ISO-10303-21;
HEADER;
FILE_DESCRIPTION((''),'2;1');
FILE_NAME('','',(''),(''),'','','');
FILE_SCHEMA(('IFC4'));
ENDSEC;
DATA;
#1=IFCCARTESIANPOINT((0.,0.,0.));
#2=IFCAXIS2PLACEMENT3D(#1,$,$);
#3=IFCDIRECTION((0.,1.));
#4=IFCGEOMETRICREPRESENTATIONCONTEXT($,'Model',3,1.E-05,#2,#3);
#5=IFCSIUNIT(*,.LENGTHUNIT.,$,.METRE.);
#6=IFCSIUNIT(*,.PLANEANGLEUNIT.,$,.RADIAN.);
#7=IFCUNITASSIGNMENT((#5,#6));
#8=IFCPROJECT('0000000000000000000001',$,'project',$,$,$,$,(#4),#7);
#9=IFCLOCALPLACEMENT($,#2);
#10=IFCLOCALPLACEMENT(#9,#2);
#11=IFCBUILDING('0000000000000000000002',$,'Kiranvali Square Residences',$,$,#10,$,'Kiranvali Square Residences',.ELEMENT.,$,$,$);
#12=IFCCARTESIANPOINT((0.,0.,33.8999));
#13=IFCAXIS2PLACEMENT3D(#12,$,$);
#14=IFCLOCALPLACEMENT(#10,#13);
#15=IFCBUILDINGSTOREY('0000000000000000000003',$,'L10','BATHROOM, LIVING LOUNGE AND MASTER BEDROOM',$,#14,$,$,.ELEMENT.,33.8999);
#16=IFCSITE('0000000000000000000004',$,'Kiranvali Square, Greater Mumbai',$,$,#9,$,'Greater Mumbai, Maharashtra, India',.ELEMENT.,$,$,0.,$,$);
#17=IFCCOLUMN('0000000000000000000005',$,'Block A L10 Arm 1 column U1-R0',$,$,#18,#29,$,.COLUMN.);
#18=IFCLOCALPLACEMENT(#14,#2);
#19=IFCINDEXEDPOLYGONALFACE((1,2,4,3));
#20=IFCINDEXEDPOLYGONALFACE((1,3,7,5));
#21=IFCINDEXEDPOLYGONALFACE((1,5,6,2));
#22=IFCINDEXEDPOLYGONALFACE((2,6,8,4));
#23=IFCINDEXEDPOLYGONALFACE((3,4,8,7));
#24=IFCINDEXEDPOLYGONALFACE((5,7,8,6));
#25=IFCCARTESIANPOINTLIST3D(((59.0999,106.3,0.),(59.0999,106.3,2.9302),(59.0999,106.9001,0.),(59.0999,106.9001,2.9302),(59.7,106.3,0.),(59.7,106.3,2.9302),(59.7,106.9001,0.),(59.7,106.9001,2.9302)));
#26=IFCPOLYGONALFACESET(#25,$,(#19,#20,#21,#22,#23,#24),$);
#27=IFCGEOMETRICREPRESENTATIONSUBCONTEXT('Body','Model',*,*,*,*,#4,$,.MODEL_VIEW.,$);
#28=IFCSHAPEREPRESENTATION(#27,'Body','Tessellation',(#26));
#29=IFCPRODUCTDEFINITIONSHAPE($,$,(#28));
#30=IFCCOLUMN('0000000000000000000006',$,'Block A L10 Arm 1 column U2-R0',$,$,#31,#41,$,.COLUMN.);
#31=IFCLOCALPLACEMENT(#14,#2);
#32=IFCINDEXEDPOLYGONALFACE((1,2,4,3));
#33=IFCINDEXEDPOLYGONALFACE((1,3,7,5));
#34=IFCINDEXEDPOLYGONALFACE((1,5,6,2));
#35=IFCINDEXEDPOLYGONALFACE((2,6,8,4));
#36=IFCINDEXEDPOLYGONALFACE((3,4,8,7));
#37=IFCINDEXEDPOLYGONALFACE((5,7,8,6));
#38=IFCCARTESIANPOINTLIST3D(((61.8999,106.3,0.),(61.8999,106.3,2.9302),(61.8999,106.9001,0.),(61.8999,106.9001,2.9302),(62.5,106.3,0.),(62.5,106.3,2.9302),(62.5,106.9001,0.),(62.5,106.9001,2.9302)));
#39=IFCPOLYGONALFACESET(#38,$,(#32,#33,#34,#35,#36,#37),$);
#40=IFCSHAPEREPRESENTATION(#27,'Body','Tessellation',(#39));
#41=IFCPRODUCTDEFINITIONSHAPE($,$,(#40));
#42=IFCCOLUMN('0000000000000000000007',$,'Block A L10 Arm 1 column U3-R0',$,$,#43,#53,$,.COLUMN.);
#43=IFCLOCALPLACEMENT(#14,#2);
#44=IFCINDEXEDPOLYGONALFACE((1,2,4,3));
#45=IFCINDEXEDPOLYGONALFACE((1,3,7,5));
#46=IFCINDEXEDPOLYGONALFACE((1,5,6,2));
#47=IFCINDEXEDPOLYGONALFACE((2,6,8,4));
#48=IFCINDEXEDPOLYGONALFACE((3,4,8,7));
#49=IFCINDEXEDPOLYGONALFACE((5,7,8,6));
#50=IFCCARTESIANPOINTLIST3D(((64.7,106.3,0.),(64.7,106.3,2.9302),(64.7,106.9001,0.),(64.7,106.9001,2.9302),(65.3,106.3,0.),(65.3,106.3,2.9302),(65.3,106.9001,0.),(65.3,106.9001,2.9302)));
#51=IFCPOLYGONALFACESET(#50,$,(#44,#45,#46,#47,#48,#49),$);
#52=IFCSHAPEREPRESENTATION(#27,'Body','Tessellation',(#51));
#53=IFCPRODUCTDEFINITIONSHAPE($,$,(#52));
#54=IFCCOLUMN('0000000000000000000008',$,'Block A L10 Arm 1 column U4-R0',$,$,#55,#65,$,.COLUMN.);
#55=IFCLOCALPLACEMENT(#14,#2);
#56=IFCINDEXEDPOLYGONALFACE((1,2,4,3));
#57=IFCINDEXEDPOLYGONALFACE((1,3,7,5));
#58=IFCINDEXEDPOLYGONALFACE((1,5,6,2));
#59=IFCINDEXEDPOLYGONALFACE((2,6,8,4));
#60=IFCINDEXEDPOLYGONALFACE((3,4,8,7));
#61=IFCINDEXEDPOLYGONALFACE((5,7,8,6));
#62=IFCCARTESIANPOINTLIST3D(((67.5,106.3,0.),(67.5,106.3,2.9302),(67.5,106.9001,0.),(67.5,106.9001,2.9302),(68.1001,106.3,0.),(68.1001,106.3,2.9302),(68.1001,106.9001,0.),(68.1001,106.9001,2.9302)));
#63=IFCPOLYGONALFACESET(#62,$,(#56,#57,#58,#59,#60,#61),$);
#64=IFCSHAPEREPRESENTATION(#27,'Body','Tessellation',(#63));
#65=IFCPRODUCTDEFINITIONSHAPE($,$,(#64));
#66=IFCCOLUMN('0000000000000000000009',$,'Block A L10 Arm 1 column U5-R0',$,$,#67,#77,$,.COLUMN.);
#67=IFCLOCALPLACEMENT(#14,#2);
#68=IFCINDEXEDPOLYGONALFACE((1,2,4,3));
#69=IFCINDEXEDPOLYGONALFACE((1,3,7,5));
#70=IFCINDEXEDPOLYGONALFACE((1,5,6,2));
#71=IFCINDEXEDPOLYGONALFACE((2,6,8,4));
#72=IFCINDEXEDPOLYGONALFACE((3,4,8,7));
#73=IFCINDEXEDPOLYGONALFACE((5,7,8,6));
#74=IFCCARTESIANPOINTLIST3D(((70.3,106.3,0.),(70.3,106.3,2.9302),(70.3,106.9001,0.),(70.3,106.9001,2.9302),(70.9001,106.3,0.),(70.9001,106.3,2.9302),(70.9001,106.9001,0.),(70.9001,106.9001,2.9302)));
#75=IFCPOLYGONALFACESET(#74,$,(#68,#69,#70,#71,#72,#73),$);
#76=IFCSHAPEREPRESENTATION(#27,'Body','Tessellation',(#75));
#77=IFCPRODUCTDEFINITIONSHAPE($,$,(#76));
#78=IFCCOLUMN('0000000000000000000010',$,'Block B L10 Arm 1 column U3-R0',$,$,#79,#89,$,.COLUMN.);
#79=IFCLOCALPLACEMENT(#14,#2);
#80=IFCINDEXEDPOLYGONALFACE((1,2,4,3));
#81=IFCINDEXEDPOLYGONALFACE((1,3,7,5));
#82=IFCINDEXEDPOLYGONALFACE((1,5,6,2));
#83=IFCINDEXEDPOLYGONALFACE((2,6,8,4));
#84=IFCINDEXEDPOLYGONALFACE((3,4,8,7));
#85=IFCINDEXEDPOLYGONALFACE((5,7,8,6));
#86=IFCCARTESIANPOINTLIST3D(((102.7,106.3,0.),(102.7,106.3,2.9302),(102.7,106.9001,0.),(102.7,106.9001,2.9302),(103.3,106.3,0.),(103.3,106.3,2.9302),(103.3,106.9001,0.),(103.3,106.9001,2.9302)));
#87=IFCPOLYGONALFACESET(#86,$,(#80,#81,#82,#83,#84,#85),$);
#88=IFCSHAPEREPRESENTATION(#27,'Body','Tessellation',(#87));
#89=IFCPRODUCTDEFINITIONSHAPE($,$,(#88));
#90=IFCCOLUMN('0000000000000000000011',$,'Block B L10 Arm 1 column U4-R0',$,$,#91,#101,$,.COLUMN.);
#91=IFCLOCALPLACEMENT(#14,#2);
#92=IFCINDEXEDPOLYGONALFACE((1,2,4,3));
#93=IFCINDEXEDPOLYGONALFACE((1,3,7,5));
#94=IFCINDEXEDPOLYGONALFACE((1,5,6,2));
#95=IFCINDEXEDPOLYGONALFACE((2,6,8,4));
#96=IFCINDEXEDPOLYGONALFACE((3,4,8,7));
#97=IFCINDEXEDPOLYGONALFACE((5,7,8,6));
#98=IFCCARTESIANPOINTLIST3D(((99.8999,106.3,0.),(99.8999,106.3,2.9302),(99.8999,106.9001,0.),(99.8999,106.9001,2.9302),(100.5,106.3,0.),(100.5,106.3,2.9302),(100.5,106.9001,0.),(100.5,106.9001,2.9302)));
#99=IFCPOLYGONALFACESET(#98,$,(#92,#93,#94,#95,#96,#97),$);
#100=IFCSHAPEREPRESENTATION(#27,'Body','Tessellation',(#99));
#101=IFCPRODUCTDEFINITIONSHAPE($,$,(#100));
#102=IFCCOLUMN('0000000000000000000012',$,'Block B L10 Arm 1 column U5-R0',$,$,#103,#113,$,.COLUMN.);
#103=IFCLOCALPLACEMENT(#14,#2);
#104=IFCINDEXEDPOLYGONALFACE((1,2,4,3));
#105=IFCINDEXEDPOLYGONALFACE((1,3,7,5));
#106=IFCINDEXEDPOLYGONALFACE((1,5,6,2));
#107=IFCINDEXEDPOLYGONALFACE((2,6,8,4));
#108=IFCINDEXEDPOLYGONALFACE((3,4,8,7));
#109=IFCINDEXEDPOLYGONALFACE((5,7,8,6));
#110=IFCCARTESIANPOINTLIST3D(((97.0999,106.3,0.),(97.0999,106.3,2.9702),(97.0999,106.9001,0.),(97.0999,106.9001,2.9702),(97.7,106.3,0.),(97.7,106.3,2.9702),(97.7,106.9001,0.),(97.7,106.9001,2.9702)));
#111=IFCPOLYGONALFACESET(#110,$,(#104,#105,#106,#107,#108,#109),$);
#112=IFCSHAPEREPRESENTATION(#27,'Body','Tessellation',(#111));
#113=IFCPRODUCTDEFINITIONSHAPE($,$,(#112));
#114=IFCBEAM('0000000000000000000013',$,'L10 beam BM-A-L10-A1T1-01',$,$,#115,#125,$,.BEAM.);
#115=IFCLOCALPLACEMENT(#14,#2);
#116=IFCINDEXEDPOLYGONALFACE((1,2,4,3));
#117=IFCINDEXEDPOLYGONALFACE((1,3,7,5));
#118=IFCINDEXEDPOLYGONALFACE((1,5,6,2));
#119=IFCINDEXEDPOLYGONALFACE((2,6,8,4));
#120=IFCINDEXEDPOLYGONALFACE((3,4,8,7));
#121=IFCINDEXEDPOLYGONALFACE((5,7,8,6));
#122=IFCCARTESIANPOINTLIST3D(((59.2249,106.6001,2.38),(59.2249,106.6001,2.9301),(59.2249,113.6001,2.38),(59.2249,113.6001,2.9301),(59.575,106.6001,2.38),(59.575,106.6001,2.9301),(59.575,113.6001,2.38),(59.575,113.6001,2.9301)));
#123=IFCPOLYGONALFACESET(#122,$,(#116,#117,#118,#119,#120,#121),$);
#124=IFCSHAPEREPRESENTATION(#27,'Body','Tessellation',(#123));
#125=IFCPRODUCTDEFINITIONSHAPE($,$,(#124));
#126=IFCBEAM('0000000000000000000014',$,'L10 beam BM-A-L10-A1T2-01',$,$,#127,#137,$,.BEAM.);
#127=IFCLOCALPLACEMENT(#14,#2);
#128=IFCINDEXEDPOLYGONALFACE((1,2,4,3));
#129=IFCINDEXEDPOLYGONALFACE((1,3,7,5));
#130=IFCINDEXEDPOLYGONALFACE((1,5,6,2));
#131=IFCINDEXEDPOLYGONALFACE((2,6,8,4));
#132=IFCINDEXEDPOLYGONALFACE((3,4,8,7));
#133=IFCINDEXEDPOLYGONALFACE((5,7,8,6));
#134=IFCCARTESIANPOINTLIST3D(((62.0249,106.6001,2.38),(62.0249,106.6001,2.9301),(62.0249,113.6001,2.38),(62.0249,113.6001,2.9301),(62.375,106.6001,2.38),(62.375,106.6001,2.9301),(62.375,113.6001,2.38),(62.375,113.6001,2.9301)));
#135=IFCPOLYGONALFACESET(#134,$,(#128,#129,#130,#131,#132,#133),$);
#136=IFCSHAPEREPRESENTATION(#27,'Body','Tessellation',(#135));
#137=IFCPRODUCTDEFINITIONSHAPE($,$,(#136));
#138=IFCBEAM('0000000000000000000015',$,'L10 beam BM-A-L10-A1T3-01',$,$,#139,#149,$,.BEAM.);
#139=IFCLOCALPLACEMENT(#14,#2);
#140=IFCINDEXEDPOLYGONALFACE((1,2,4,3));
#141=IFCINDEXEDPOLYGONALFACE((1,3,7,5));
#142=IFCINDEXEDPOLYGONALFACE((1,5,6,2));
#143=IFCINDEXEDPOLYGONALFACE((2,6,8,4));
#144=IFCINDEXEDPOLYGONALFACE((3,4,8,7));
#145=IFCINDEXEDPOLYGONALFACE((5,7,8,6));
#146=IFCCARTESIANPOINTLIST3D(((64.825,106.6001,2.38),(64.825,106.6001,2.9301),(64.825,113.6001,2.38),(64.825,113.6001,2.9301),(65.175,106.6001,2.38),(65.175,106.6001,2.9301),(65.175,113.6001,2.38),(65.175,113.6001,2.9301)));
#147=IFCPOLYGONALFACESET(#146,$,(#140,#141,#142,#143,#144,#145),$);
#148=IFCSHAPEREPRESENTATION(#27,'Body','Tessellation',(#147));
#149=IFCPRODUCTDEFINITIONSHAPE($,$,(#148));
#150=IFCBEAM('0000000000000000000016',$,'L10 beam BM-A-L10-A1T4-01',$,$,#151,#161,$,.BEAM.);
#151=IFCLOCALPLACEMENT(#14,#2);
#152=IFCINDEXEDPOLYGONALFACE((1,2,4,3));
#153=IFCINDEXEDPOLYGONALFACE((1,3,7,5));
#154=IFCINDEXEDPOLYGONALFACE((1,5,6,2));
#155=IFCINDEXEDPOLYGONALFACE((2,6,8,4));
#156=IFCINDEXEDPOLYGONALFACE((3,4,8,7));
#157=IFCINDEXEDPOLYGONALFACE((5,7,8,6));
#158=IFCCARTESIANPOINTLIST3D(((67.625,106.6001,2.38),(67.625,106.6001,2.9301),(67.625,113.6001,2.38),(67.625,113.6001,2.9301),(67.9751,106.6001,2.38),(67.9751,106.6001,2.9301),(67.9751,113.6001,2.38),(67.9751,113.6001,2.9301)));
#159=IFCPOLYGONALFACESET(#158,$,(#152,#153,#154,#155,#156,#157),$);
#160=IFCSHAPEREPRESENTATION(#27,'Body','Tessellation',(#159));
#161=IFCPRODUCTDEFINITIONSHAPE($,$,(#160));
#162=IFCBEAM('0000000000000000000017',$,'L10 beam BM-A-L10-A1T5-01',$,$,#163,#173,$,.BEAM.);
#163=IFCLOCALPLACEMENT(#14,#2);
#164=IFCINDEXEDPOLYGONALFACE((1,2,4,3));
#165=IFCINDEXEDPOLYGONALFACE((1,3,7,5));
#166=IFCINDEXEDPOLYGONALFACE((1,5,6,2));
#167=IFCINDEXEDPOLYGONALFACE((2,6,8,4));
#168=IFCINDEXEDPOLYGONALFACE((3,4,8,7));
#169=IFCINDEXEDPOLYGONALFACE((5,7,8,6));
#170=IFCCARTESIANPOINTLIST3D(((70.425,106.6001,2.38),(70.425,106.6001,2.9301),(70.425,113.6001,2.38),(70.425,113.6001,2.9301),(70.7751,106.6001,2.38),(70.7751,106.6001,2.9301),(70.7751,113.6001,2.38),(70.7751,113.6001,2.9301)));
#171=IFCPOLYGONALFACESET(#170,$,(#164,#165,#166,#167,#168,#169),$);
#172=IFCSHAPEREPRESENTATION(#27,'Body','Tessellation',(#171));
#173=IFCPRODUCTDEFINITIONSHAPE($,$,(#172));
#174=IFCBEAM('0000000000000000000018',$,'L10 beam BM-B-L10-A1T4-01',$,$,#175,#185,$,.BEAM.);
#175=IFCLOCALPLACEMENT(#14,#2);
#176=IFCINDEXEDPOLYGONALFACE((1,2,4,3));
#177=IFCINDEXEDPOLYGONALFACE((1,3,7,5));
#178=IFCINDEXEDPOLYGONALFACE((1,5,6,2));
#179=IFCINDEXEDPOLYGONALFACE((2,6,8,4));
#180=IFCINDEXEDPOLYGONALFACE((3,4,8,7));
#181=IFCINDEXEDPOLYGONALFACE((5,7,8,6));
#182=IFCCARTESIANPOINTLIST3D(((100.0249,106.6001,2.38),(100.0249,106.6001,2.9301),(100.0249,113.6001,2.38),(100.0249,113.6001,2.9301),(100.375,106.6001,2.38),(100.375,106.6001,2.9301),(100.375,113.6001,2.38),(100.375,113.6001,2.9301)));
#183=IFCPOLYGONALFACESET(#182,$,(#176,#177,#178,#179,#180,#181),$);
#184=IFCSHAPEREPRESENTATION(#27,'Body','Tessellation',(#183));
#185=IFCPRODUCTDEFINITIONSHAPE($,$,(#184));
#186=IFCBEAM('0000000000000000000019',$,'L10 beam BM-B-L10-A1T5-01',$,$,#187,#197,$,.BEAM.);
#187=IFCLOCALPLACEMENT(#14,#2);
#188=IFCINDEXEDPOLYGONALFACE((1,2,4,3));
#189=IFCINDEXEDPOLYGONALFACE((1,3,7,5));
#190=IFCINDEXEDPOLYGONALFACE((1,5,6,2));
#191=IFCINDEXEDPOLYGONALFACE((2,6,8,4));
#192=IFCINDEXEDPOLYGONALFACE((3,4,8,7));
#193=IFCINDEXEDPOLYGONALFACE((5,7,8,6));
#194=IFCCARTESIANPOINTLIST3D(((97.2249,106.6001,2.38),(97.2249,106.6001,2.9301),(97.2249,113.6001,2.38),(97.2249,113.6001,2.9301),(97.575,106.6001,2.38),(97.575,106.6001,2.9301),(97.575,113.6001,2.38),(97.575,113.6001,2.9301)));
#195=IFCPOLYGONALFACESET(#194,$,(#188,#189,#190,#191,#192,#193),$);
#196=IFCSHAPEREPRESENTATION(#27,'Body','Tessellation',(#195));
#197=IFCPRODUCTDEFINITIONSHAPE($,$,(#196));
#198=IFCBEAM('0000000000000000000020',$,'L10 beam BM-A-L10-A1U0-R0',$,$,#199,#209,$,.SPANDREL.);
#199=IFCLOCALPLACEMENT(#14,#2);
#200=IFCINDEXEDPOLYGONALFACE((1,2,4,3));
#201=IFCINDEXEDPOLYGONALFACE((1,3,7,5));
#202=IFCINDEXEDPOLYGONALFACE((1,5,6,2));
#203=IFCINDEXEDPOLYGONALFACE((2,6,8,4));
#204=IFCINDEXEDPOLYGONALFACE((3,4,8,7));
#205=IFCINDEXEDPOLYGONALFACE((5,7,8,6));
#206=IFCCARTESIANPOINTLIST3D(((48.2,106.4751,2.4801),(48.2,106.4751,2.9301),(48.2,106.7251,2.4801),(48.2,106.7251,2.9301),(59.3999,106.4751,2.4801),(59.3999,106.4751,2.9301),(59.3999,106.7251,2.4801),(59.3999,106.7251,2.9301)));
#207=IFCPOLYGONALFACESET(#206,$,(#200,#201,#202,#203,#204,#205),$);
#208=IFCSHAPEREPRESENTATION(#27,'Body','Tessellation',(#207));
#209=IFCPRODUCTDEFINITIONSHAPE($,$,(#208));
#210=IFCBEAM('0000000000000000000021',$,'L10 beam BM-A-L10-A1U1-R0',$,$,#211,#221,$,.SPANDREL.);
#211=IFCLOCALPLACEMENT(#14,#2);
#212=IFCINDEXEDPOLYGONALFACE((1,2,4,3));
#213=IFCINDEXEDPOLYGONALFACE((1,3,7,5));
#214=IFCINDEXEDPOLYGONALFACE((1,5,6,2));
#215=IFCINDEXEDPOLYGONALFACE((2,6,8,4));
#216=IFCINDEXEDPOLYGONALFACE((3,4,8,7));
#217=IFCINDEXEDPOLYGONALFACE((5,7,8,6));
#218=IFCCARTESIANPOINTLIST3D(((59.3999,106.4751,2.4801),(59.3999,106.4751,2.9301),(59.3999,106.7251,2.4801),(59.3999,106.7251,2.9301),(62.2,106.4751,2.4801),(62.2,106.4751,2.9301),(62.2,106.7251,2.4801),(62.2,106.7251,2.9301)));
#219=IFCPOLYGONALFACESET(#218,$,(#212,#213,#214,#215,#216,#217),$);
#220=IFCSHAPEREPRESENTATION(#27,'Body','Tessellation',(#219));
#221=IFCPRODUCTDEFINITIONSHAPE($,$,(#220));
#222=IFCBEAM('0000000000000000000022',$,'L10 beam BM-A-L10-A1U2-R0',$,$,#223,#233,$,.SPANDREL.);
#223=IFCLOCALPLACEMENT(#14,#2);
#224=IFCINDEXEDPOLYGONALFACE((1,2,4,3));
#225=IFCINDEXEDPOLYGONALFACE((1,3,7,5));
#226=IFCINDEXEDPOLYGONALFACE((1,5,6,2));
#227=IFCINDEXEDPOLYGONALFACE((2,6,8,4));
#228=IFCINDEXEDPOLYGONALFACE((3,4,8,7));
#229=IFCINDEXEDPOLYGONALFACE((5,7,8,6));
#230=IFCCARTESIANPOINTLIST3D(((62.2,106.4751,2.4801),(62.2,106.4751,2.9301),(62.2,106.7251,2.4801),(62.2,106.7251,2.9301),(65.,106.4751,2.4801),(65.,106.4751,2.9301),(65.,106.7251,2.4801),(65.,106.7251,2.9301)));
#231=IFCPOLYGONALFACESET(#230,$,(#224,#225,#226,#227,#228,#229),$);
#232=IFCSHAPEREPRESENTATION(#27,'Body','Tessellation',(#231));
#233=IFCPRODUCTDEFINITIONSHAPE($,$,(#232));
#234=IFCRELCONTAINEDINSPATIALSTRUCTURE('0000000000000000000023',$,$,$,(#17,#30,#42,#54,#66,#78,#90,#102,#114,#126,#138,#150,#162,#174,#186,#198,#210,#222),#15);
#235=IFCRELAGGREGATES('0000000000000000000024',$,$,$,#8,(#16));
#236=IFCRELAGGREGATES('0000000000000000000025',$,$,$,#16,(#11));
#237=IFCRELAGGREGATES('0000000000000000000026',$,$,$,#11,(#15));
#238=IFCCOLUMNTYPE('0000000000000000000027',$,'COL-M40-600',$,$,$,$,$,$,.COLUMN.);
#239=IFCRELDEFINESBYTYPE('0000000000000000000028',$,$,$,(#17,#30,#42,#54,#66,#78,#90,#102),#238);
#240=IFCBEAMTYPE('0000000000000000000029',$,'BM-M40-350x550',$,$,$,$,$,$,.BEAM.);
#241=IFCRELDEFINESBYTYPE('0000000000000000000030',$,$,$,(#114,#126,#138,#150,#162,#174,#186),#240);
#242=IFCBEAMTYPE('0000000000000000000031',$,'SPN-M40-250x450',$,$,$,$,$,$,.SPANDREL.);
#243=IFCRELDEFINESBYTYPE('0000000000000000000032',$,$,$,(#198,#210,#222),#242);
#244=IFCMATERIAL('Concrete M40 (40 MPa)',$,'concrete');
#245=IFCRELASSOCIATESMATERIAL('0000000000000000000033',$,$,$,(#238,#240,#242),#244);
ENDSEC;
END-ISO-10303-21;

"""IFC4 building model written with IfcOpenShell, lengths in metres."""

from ifc_helpers import new_model, si_unit, direction, frame, origin, origin_2d, place, context, subcontext, project, spatial, rectangle, extrude, material, material_profile, profile_set, type_object, element, save


model = new_model("IFC4")

# Units and contexts
model_context = context("Model", 3, precision=1e-05, world=origin(), true_north=direction((0.0, 1.0)))
body_context = subcontext(model_context, "Body", "Model", "MODEL_VIEW")
ifc_project = project(units=[si_unit("LENGTHUNIT", "METRE"), si_unit("PLANEANGLEUNIT", "RADIAN")], contexts=[model_context])

# Site, building, storey
site_placement = place(None, origin())
site = spatial("IfcSite", under=ifc_project, at=site_placement, Name="Kiranvali Square, Greater Mumbai", LongName="Greater Mumbai, Maharashtra, India", CompositionType="ELEMENT", RefElevation=0.0)
building_placement = place(site_placement, origin())
building = spatial("IfcBuilding", under=site, at=building_placement, Name="Kiranvali Square Residences", LongName="Kiranvali Square Residences", CompositionType="ELEMENT")
storey_placement = place(building_placement, frame((0.0, 0.0, 33.8999)))
storey = spatial("IfcBuildingStorey", under=building, at=storey_placement, Name="L10", Description="BATHROOM, LIVING LOUNGE AND MASTER BEDROOM", CompositionType="ELEMENT", Elevation=33.8999)

# Columns
ifc_material = material(Name="Concrete M40 (40 MPa)", Category="concrete")
ifc_material_profile_1 = material_profile(ifc_material, rectangle(XDim=0.6001, YDim=0.6001, at=origin_2d()), Name="RC 600x600")
ifc_profile_set_1 = profile_set([ifc_material_profile_1], Name="Concrete M40 (40 MPa)")
column_type = type_object("IfcColumnType", Name="COL-M40-600", PredefinedType="COLUMN", material=ifc_profile_set_1)
for number, where, z_axis, x_axis, name in (
    (1, (59.3999, 106.6001, 0.0), (0.0, 0.0, 1.0), (1.0, 0.0, 0.0), "Block A L10 Arm 1 column U1-R0"),
    (2, (62.2, 106.6001, 0.0), (0.0, 0.0, 1.0), (1.0, 0.0, 0.0), "Block A L10 Arm 1 column U2-R0"),
    (3, (65.0, 106.6001, 0.0), (0.0, 0.0, 1.0), (1.0, 0.0, 0.0), "Block A L10 Arm 1 column U3-R0"),
    (4, (67.8, 106.6001, 0.0), (0.0, 0.0, 1.0), (1.0, 0.0, 0.0), "Block A L10 Arm 1 column U4-R0"),
    (5, (70.6001, 106.6001, 0.0), (0.0, 0.0, 1.0), (1.0, 0.0, 0.0), "Block A L10 Arm 1 column U5-R0"),
    (6, (103.0, 106.6001, 0.0), (0.0, 0.0, 1.0), (1.0, 0.0, 0.0), "Block B L10 Arm 1 column U3-R0"),
    (7, (100.2, 106.6001, 0.0), (0.0, 0.0, 1.0), (1.0, 0.0, 0.0), "Block B L10 Arm 1 column U4-R0"),
):
    element("IfcColumn", number, at=place(storey_placement, frame(where, z_axis=z_axis, x_axis=x_axis)), inside=storey, type_object=column_type, Name=name, PredefinedType="COLUMN", context=body_context, shape_type="SweptSolid", body=[
        extrude(rectangle(XDim=0.6001, YDim=0.6001, at=origin_2d()), origin(), (0.0, 0.0, 1.0), 2.9302),
    ])
column_placement = place(storey_placement, frame((97.3999, 106.6001, 0.0), z_axis=(0.0, 0.0, 1.0), x_axis=(1.0, 0.0, 0.0)))
element("IfcColumn", 8, at=column_placement, inside=storey, type_object=column_type, Name="Block B L10 Arm 1 column U5-R0", PredefinedType="COLUMN", context=body_context, shape_type="SweptSolid", body=[
    extrude(rectangle(XDim=0.6001, YDim=0.6001, at=origin_2d()), origin(), (0.0, 0.0, 1.0), 2.9702),
])

# Beams
ifc_material_profile_2 = material_profile(ifc_material, rectangle(XDim=0.3501, YDim=0.55, at=origin_2d()), Name="RC 350x550")
ifc_profile_set_2 = profile_set([ifc_material_profile_2], Name="Concrete M40 (40 MPa)")
beam_type_1 = type_object("IfcBeamType", Name="BM-M40-350x550", PredefinedType="BEAM", material=ifc_profile_set_2)
for number, where, z_axis, x_axis, name in (
    (9, (59.3999, 106.6001, 2.655), (0.0, 1.0, 0.0), (-1.0, 0.0, 0.0), "L10 beam BM-A-L10-A1T1-01"),
    (10, (62.2, 106.6001, 2.655), (0.0, 1.0, 0.0), (-1.0, 0.0, 0.0), "L10 beam BM-A-L10-A1T2-01"),
    (11, (65.0, 106.6001, 2.655), (0.0, 1.0, 0.0), (-1.0, 0.0, 0.0), "L10 beam BM-A-L10-A1T3-01"),
    (12, (67.8, 106.6001, 2.655), (0.0, 1.0, 0.0), (-1.0, 0.0, 0.0), "L10 beam BM-A-L10-A1T4-01"),
    (13, (70.6001, 106.6001, 2.655), (0.0, 1.0, 0.0), (-1.0, 0.0, 0.0), "L10 beam BM-A-L10-A1T5-01"),
    (14, (100.2, 106.6001, 2.655), (0.0, 1.0, 0.0), (-1.0, 0.0, 0.0), "L10 beam BM-B-L10-A1T4-01"),
    (15, (97.3999, 106.6001, 2.655), (0.0, 1.0, 0.0), (-1.0, 0.0, 0.0), "L10 beam BM-B-L10-A1T5-01"),
):
    element("IfcBeam", number, at=place(storey_placement, frame(where, z_axis=z_axis, x_axis=x_axis)), inside=storey, type_object=beam_type_1, Name=name, PredefinedType="BEAM", context=body_context, shape_type="SweptSolid", body=[
        extrude(rectangle(XDim=0.3501, YDim=0.55, at=origin_2d()), origin(), (0.0, 0.0, 1.0), 7.0),
    ])
ifc_material_profile_3 = material_profile(ifc_material, rectangle(XDim=0.25, YDim=0.45, at=origin_2d()), Name="RC 250x450")
ifc_profile_set_3 = profile_set([ifc_material_profile_3], Name="Concrete M40 (40 MPa)")
beam_type_2 = type_object("IfcBeamType", Name="SPN-M40-250x450", PredefinedType="SPANDREL", material=ifc_profile_set_3)
beam_1_placement = place(storey_placement, frame((48.2, 106.6001, 2.7051), z_axis=(1.0, 0.0, 0.0), x_axis=(0.0, 1.0, 0.0)))
element("IfcBeam", 16, at=beam_1_placement, inside=storey, type_object=beam_type_2, Name="L10 beam BM-A-L10-A1U0-R0", PredefinedType="SPANDREL", context=body_context, shape_type="SweptSolid", body=[
    extrude(rectangle(XDim=0.25, YDim=0.45, at=origin_2d()), origin(), (0.0, 0.0, 1.0), 11.2),
])
for number, where, z_axis, x_axis, name in (
    (17, (59.3999, 106.6001, 2.7051), (1.0, 0.0, 0.0), (0.0, 1.0, 0.0), "L10 beam BM-A-L10-A1U1-R0"),
    (18, (62.2, 106.6001, 2.7051), (1.0, 0.0, 0.0), (0.0, 1.0, 0.0), "L10 beam BM-A-L10-A1U2-R0"),
):
    element("IfcBeam", number, at=place(storey_placement, frame(where, z_axis=z_axis, x_axis=x_axis)), inside=storey, type_object=beam_type_2, Name=name, PredefinedType="SPANDREL", context=body_context, shape_type="SweptSolid", body=[
        extrude(rectangle(XDim=0.25, YDim=0.45, at=origin_2d()), origin(), (0.0, 0.0, 1.0), 2.8),
    ])

save(model, "model.ifc")
